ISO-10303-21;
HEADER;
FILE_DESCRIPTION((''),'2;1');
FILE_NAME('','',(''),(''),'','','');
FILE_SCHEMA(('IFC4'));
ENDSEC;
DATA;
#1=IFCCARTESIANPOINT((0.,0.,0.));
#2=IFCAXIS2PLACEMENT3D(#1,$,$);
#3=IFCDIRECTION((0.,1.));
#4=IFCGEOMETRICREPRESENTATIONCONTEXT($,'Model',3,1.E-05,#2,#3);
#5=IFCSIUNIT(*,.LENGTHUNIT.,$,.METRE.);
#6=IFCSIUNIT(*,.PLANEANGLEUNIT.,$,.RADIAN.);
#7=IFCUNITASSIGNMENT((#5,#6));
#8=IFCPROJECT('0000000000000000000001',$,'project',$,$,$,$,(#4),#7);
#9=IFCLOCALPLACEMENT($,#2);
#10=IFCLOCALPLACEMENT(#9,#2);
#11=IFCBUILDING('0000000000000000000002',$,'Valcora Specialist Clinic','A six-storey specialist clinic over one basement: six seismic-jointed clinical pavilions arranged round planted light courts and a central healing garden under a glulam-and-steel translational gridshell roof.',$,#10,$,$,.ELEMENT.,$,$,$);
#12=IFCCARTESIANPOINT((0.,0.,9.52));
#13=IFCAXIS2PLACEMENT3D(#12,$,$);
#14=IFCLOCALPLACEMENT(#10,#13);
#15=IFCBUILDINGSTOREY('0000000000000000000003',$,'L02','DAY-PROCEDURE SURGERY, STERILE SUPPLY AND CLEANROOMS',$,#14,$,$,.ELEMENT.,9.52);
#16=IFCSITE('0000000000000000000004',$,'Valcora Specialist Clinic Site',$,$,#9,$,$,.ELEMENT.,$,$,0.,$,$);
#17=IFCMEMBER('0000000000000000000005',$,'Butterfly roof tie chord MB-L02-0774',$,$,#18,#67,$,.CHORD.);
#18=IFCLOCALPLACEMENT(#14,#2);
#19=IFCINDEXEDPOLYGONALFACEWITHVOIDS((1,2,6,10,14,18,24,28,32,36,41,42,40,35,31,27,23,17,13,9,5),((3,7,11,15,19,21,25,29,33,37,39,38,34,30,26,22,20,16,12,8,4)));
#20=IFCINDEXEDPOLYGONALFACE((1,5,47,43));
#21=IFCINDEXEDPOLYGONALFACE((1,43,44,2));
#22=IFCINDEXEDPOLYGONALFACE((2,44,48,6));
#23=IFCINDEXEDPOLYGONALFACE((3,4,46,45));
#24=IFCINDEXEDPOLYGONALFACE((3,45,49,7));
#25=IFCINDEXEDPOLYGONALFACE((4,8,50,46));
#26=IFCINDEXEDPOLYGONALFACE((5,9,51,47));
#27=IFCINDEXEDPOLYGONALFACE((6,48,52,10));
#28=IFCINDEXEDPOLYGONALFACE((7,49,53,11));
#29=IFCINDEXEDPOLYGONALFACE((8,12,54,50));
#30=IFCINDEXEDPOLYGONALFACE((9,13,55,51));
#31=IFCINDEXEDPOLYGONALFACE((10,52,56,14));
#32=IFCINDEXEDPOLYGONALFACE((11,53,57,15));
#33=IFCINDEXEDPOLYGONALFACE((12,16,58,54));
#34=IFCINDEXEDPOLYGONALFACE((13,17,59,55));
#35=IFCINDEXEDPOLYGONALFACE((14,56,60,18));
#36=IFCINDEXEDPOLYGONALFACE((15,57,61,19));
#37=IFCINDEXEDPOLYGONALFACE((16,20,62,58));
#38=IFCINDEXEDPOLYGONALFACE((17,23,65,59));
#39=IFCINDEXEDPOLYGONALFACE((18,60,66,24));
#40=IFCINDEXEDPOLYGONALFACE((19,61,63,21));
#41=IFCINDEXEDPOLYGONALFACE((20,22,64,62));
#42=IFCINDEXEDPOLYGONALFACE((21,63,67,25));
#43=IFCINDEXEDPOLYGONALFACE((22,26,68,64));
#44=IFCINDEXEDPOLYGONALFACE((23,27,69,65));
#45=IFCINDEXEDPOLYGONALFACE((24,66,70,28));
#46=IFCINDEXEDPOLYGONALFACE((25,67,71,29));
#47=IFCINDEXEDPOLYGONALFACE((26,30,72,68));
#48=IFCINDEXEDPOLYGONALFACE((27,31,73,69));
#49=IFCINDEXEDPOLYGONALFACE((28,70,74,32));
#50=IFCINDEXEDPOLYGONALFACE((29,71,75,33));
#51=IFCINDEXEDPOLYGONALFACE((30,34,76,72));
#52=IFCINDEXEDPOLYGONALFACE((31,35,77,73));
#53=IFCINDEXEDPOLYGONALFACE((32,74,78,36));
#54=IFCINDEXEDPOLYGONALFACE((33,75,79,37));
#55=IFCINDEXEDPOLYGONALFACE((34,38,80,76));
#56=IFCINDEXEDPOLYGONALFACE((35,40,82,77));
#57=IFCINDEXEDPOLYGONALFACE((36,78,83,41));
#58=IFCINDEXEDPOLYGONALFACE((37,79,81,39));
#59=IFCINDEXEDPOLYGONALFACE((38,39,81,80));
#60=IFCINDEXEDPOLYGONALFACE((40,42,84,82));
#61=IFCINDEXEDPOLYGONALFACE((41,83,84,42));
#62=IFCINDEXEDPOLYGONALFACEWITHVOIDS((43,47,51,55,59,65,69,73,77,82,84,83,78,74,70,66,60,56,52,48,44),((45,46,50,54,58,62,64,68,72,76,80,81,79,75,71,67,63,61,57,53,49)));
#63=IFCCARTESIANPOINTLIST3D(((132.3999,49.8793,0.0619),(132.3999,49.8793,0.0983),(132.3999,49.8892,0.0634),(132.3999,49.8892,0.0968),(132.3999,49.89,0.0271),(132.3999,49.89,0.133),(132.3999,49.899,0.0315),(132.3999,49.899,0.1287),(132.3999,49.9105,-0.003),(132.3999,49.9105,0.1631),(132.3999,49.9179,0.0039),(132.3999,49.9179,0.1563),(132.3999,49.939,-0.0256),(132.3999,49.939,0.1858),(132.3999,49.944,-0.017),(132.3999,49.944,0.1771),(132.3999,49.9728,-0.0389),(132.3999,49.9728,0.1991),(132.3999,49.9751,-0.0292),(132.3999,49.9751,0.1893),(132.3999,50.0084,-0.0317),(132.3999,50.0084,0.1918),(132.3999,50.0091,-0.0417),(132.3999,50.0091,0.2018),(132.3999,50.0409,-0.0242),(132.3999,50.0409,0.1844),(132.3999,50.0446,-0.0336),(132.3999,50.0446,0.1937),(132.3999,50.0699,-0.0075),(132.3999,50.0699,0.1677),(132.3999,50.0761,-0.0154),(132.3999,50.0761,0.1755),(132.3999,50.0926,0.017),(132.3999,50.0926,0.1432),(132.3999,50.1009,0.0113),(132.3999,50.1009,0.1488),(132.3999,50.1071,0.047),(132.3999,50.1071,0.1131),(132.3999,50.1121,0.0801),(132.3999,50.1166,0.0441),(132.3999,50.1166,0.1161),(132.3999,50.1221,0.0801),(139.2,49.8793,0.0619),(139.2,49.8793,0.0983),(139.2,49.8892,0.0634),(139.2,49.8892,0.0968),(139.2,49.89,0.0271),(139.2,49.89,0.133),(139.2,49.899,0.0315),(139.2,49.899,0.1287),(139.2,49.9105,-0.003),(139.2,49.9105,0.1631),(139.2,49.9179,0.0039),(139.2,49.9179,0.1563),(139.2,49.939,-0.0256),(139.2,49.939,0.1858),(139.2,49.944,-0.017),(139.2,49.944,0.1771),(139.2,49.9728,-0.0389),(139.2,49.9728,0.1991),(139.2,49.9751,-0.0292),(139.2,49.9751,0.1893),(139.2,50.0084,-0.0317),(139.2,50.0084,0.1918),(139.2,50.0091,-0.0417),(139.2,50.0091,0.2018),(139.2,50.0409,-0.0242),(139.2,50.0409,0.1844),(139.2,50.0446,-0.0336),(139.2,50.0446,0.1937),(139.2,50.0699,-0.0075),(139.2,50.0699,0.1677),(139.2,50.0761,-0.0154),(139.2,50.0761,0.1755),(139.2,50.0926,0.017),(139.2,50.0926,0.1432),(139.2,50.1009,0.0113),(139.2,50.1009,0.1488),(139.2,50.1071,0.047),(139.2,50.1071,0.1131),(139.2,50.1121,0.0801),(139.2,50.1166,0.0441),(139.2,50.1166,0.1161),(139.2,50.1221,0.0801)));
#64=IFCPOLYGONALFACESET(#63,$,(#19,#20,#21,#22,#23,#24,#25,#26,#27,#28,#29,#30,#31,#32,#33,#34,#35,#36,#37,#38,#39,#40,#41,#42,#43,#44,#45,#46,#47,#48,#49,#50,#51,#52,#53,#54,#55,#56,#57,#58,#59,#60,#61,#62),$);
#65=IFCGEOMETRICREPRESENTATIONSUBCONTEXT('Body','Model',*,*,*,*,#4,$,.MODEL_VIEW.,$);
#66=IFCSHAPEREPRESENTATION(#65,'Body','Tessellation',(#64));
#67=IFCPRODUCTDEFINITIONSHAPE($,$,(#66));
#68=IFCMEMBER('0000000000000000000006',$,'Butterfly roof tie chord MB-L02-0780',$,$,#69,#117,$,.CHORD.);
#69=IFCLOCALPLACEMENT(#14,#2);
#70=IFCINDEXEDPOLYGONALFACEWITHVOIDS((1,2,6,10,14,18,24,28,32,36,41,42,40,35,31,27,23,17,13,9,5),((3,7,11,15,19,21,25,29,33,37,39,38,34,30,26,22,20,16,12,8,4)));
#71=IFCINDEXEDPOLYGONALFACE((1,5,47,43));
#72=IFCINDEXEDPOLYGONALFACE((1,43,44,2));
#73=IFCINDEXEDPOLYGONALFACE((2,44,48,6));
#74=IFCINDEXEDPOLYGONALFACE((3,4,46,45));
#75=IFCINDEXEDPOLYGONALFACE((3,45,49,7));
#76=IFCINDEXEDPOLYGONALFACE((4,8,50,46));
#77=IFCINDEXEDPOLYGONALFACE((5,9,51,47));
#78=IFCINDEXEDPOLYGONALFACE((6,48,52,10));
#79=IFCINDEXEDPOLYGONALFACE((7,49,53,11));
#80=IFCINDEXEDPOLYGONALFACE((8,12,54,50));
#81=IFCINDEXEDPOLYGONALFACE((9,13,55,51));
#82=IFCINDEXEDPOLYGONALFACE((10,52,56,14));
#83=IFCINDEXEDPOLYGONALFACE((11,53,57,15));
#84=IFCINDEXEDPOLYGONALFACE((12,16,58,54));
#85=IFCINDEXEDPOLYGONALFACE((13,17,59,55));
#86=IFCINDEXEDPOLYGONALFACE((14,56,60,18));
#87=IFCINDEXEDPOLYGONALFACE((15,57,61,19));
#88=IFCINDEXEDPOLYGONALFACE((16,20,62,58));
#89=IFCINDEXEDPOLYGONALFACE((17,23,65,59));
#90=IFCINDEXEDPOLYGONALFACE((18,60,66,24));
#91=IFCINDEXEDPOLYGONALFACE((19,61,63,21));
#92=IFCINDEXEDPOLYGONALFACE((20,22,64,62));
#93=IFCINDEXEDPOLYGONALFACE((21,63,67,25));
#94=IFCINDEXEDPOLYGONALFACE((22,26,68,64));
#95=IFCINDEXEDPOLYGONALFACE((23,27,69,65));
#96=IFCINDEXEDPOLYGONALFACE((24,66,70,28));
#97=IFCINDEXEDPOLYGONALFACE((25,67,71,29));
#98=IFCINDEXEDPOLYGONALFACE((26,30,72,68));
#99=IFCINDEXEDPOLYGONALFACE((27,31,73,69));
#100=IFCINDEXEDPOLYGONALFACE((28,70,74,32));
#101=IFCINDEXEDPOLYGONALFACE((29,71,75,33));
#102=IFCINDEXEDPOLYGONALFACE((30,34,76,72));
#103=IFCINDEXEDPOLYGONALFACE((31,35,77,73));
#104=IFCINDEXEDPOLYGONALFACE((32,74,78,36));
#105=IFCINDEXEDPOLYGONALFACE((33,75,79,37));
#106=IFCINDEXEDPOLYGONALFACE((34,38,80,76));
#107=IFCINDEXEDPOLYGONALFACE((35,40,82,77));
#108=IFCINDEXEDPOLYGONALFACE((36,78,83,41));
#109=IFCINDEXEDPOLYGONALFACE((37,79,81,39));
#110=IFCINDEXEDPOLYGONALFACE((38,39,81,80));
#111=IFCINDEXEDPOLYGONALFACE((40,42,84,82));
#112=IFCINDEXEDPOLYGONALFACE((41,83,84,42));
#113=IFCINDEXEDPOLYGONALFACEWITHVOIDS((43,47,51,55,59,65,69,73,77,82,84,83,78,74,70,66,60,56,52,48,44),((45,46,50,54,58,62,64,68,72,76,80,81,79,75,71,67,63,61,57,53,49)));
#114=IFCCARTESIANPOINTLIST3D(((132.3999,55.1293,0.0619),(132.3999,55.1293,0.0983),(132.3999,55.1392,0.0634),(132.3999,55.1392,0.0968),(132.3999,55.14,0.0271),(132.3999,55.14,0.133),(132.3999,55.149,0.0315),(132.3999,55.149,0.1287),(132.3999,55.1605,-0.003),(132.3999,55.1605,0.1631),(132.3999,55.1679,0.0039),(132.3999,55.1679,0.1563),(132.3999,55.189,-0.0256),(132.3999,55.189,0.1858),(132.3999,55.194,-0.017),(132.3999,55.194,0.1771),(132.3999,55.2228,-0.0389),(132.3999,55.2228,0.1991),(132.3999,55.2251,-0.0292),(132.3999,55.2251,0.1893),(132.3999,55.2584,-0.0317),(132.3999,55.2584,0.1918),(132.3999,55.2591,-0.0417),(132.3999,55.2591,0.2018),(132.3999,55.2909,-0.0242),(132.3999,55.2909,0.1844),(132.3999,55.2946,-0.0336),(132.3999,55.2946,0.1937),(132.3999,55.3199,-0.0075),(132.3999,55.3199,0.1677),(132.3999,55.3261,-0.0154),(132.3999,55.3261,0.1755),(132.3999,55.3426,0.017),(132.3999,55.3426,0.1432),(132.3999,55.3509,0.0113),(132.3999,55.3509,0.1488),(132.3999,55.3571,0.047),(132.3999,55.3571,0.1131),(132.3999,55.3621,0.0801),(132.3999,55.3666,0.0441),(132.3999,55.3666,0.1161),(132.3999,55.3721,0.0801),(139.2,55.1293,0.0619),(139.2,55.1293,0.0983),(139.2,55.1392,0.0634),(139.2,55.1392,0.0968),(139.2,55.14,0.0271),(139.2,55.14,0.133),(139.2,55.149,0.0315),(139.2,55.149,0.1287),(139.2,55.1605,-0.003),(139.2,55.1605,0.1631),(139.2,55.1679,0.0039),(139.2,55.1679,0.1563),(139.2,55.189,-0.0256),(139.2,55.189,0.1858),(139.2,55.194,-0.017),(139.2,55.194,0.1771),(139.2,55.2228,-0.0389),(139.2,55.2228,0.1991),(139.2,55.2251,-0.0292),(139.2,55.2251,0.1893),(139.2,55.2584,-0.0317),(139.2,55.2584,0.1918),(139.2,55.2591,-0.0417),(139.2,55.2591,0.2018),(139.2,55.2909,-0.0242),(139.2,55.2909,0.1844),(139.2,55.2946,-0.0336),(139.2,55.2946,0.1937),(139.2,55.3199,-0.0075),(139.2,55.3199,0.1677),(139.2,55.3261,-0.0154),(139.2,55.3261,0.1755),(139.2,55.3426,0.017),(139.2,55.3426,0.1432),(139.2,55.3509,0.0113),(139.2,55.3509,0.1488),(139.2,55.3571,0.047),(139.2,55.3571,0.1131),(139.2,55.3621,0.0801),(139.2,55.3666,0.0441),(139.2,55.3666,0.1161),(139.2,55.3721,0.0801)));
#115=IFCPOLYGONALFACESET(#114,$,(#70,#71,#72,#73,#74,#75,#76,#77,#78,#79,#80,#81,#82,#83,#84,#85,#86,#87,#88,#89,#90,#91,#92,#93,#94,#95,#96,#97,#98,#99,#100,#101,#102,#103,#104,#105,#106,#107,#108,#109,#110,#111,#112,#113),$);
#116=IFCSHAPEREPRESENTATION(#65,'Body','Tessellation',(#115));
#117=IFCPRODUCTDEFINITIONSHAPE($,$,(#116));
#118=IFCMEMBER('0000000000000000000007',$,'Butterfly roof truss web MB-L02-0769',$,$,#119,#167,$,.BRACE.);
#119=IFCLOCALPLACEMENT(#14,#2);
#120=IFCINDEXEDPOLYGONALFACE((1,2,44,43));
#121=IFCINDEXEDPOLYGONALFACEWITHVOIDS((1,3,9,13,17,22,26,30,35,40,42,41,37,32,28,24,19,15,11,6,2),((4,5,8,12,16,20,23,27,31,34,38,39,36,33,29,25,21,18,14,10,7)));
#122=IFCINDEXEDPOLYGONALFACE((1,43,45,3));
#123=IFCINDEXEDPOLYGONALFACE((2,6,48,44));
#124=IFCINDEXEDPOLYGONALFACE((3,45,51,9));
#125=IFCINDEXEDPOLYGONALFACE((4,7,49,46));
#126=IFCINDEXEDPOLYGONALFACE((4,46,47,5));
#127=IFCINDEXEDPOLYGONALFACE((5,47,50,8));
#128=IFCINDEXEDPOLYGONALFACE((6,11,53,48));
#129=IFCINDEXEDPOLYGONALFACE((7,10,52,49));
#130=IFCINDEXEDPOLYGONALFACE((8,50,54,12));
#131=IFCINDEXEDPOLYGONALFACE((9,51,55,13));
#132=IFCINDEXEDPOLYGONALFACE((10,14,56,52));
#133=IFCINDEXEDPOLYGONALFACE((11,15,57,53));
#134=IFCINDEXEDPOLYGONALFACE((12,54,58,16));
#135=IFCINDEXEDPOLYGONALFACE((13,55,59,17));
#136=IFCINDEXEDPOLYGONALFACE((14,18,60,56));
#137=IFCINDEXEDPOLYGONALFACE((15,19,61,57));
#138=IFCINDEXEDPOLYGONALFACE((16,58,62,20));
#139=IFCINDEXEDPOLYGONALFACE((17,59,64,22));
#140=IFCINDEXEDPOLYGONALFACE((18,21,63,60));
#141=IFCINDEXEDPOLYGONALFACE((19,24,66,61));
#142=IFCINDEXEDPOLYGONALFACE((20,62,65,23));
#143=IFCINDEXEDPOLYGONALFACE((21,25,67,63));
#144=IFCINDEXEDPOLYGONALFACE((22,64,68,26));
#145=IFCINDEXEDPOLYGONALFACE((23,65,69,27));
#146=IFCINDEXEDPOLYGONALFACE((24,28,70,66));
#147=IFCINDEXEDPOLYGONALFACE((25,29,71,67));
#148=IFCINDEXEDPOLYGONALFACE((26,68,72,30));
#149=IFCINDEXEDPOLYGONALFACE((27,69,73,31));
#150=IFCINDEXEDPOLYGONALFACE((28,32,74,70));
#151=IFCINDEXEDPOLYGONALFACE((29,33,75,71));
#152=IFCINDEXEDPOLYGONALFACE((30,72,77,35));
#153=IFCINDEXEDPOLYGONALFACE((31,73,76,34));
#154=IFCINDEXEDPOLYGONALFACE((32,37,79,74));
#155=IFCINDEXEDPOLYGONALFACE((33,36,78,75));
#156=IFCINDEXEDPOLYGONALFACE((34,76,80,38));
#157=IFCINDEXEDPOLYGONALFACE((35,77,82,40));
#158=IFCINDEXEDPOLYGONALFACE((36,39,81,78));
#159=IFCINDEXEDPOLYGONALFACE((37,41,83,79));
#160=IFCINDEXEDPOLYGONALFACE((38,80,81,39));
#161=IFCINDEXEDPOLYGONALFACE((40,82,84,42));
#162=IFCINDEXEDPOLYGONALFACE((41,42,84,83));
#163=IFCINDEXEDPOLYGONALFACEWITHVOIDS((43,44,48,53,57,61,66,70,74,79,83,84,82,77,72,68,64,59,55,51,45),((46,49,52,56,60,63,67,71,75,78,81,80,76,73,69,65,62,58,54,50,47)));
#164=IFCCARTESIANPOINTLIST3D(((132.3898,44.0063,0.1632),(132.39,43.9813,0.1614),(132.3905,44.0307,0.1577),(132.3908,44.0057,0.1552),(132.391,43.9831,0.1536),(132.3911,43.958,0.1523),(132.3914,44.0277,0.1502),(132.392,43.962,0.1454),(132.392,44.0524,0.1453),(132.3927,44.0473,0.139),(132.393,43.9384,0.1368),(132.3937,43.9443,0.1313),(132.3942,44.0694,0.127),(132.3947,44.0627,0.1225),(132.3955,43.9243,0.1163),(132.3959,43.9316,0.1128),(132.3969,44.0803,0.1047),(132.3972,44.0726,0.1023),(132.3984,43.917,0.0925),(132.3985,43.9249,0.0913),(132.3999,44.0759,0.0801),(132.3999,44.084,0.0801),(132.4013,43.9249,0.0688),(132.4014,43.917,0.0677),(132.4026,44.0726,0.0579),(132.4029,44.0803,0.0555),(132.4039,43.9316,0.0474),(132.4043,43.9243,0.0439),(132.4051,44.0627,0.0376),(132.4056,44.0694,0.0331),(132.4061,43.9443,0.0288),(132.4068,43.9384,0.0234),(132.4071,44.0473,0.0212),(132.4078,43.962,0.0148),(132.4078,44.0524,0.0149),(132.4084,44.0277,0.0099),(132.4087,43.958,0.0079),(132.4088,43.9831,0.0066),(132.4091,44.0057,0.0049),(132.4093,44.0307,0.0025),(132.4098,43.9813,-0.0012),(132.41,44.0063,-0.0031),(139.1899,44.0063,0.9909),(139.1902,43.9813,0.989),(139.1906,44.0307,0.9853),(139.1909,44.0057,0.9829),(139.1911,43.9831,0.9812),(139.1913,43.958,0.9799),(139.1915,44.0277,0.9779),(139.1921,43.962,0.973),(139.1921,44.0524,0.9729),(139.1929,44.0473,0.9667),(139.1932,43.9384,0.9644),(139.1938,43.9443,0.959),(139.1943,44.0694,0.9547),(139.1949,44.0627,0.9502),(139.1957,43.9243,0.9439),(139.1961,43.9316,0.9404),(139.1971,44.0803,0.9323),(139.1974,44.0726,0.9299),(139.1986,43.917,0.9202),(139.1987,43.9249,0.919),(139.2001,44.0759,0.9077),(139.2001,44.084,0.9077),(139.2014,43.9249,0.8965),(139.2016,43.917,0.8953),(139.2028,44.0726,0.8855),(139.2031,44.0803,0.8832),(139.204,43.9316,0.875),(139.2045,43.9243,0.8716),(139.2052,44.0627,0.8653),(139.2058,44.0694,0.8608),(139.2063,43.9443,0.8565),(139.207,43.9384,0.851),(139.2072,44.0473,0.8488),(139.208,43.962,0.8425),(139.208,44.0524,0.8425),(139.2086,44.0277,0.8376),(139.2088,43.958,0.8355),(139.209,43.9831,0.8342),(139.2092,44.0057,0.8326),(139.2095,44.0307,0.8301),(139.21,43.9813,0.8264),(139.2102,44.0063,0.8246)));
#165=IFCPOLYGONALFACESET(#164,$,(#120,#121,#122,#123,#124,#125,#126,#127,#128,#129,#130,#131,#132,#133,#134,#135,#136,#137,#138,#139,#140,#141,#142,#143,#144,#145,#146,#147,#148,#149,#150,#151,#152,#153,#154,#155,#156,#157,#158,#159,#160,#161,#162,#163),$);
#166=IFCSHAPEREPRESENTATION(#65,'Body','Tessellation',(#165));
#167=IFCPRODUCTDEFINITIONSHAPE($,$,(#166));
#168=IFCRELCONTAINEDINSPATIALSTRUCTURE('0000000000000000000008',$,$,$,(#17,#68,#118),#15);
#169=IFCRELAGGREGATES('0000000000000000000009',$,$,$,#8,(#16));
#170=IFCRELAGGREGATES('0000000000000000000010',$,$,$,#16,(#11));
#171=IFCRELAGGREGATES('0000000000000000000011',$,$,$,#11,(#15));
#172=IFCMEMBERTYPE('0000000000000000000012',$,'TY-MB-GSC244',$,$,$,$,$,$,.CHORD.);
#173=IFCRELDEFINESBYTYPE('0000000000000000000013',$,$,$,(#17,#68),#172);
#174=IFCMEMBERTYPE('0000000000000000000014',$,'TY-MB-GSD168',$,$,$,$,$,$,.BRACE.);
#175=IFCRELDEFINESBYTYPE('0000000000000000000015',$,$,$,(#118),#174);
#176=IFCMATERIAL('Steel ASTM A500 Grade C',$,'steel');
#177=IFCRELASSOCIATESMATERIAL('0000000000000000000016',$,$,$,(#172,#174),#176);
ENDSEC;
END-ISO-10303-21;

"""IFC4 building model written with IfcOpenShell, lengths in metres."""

from ifc_helpers import new_model, si_unit, direction, frame, origin, origin_2d, place, context, subcontext, project, spatial, hollow_circle, extrude, material, material_profile, profile_set, type_object, element, save


model = new_model("IFC4")

# Units and contexts
model_context = context("Model", 3, precision=1e-05, world=origin(), true_north=direction((0.0, 1.0)))
body_context = subcontext(model_context, "Body", "Model", "MODEL_VIEW")
ifc_project = project(units=[si_unit("LENGTHUNIT", "METRE"), si_unit("PLANEANGLEUNIT", "RADIAN")], contexts=[model_context])

# Site, building, storey
site_placement = place(None, origin())
site = spatial("IfcSite", under=ifc_project, at=site_placement, Name="Valcora Specialist Clinic Site", CompositionType="ELEMENT", RefElevation=0.0)
building_placement = place(site_placement, origin())
building = spatial("IfcBuilding", under=site, at=building_placement, Name="Valcora Specialist Clinic", Description="A six-storey specialist clinic over one basement: six seismic-jointed clinical pavilions arranged round planted light courts and a central healing garden under a glulam-and-steel translational gridshell roof.", CompositionType="ELEMENT")
storey_placement = place(building_placement, frame((0.0, 0.0, 9.52)))
storey = spatial("IfcBuildingStorey", under=building, at=storey_placement, Name="L02", Description="DAY-PROCEDURE SURGERY, STERILE SUPPLY AND CLEANROOMS", CompositionType="ELEMENT", Elevation=9.52)

# Shared definitions
ifc_material_1 = material(Name="Steel ASTM A500 Grade C", Category="steel")

# Members
ifc_material_profile_1 = material_profile(ifc_material_1, hollow_circle(Radius=0.1221, WallThickness=0.01, at=origin_2d()), Name="ST-CHS-244X10")
ifc_profile_set_1 = profile_set([ifc_material_profile_1], Name="Steel ASTM A500 Grade C")
member_type_1 = type_object("IfcMemberType", Name="TY-MB-GSC244", PredefinedType="CHORD", material=ifc_profile_set_1)
for number, where, z_axis, x_axis, name in (
    (1, (132.3999, 50.0, 0.0801), (1.0, 0.0, 0.0), (0.0, 1.0, 0.0), "Butterfly roof tie chord MB-L02-0774"),
    (2, (132.3999, 55.25, 0.0801), (1.0, 0.0, 0.0), (0.0, 1.0, 0.0), "Butterfly roof tie chord MB-L02-0780"),
):
    element("IfcMember", number, at=place(storey_placement, frame(where, z_axis=z_axis, x_axis=x_axis)), inside=storey, type_object=member_type_1, Name=name, PredefinedType="CHORD", context=body_context, shape_type="SweptSolid", body=[
        extrude(hollow_circle(Radius=0.1221, WallThickness=0.01, at=origin_2d()), origin(), (0.0, 0.0, 1.0), 6.8),
    ])
ifc_material_profile_2 = material_profile(ifc_material_1, hollow_circle(Radius=0.084, WallThickness=0.0081, at=origin_2d()), Name="ST-CHS-168X8")
ifc_profile_set_2 = profile_set([ifc_material_profile_2], Name="Steel ASTM A500 Grade C")
member_type_2 = type_object("IfcMemberType", Name="TY-MB-GSD168", PredefinedType="BRACE", material=ifc_profile_set_2)
for number, where, z_axis, x_axis, name in (
    (3, (132.3999, 44.0, 0.0801), (0.992675, 0.0, 0.120819), (0.0, 1.0, 0.0), "Butterfly roof truss web MB-L02-0769"),
):
    element("IfcMember", number, at=place(storey_placement, frame(where, z_axis=z_axis, x_axis=x_axis)), inside=storey, type_object=member_type_2, Name=name, PredefinedType="BRACE", context=body_context, shape_type="SweptSolid", body=[
        extrude(hollow_circle(Radius=0.084, WallThickness=0.0081, at=origin_2d()), origin(), (0.0, 0.0, 1.0), 6.8503),
    ])

save(model, "model.ifc")
